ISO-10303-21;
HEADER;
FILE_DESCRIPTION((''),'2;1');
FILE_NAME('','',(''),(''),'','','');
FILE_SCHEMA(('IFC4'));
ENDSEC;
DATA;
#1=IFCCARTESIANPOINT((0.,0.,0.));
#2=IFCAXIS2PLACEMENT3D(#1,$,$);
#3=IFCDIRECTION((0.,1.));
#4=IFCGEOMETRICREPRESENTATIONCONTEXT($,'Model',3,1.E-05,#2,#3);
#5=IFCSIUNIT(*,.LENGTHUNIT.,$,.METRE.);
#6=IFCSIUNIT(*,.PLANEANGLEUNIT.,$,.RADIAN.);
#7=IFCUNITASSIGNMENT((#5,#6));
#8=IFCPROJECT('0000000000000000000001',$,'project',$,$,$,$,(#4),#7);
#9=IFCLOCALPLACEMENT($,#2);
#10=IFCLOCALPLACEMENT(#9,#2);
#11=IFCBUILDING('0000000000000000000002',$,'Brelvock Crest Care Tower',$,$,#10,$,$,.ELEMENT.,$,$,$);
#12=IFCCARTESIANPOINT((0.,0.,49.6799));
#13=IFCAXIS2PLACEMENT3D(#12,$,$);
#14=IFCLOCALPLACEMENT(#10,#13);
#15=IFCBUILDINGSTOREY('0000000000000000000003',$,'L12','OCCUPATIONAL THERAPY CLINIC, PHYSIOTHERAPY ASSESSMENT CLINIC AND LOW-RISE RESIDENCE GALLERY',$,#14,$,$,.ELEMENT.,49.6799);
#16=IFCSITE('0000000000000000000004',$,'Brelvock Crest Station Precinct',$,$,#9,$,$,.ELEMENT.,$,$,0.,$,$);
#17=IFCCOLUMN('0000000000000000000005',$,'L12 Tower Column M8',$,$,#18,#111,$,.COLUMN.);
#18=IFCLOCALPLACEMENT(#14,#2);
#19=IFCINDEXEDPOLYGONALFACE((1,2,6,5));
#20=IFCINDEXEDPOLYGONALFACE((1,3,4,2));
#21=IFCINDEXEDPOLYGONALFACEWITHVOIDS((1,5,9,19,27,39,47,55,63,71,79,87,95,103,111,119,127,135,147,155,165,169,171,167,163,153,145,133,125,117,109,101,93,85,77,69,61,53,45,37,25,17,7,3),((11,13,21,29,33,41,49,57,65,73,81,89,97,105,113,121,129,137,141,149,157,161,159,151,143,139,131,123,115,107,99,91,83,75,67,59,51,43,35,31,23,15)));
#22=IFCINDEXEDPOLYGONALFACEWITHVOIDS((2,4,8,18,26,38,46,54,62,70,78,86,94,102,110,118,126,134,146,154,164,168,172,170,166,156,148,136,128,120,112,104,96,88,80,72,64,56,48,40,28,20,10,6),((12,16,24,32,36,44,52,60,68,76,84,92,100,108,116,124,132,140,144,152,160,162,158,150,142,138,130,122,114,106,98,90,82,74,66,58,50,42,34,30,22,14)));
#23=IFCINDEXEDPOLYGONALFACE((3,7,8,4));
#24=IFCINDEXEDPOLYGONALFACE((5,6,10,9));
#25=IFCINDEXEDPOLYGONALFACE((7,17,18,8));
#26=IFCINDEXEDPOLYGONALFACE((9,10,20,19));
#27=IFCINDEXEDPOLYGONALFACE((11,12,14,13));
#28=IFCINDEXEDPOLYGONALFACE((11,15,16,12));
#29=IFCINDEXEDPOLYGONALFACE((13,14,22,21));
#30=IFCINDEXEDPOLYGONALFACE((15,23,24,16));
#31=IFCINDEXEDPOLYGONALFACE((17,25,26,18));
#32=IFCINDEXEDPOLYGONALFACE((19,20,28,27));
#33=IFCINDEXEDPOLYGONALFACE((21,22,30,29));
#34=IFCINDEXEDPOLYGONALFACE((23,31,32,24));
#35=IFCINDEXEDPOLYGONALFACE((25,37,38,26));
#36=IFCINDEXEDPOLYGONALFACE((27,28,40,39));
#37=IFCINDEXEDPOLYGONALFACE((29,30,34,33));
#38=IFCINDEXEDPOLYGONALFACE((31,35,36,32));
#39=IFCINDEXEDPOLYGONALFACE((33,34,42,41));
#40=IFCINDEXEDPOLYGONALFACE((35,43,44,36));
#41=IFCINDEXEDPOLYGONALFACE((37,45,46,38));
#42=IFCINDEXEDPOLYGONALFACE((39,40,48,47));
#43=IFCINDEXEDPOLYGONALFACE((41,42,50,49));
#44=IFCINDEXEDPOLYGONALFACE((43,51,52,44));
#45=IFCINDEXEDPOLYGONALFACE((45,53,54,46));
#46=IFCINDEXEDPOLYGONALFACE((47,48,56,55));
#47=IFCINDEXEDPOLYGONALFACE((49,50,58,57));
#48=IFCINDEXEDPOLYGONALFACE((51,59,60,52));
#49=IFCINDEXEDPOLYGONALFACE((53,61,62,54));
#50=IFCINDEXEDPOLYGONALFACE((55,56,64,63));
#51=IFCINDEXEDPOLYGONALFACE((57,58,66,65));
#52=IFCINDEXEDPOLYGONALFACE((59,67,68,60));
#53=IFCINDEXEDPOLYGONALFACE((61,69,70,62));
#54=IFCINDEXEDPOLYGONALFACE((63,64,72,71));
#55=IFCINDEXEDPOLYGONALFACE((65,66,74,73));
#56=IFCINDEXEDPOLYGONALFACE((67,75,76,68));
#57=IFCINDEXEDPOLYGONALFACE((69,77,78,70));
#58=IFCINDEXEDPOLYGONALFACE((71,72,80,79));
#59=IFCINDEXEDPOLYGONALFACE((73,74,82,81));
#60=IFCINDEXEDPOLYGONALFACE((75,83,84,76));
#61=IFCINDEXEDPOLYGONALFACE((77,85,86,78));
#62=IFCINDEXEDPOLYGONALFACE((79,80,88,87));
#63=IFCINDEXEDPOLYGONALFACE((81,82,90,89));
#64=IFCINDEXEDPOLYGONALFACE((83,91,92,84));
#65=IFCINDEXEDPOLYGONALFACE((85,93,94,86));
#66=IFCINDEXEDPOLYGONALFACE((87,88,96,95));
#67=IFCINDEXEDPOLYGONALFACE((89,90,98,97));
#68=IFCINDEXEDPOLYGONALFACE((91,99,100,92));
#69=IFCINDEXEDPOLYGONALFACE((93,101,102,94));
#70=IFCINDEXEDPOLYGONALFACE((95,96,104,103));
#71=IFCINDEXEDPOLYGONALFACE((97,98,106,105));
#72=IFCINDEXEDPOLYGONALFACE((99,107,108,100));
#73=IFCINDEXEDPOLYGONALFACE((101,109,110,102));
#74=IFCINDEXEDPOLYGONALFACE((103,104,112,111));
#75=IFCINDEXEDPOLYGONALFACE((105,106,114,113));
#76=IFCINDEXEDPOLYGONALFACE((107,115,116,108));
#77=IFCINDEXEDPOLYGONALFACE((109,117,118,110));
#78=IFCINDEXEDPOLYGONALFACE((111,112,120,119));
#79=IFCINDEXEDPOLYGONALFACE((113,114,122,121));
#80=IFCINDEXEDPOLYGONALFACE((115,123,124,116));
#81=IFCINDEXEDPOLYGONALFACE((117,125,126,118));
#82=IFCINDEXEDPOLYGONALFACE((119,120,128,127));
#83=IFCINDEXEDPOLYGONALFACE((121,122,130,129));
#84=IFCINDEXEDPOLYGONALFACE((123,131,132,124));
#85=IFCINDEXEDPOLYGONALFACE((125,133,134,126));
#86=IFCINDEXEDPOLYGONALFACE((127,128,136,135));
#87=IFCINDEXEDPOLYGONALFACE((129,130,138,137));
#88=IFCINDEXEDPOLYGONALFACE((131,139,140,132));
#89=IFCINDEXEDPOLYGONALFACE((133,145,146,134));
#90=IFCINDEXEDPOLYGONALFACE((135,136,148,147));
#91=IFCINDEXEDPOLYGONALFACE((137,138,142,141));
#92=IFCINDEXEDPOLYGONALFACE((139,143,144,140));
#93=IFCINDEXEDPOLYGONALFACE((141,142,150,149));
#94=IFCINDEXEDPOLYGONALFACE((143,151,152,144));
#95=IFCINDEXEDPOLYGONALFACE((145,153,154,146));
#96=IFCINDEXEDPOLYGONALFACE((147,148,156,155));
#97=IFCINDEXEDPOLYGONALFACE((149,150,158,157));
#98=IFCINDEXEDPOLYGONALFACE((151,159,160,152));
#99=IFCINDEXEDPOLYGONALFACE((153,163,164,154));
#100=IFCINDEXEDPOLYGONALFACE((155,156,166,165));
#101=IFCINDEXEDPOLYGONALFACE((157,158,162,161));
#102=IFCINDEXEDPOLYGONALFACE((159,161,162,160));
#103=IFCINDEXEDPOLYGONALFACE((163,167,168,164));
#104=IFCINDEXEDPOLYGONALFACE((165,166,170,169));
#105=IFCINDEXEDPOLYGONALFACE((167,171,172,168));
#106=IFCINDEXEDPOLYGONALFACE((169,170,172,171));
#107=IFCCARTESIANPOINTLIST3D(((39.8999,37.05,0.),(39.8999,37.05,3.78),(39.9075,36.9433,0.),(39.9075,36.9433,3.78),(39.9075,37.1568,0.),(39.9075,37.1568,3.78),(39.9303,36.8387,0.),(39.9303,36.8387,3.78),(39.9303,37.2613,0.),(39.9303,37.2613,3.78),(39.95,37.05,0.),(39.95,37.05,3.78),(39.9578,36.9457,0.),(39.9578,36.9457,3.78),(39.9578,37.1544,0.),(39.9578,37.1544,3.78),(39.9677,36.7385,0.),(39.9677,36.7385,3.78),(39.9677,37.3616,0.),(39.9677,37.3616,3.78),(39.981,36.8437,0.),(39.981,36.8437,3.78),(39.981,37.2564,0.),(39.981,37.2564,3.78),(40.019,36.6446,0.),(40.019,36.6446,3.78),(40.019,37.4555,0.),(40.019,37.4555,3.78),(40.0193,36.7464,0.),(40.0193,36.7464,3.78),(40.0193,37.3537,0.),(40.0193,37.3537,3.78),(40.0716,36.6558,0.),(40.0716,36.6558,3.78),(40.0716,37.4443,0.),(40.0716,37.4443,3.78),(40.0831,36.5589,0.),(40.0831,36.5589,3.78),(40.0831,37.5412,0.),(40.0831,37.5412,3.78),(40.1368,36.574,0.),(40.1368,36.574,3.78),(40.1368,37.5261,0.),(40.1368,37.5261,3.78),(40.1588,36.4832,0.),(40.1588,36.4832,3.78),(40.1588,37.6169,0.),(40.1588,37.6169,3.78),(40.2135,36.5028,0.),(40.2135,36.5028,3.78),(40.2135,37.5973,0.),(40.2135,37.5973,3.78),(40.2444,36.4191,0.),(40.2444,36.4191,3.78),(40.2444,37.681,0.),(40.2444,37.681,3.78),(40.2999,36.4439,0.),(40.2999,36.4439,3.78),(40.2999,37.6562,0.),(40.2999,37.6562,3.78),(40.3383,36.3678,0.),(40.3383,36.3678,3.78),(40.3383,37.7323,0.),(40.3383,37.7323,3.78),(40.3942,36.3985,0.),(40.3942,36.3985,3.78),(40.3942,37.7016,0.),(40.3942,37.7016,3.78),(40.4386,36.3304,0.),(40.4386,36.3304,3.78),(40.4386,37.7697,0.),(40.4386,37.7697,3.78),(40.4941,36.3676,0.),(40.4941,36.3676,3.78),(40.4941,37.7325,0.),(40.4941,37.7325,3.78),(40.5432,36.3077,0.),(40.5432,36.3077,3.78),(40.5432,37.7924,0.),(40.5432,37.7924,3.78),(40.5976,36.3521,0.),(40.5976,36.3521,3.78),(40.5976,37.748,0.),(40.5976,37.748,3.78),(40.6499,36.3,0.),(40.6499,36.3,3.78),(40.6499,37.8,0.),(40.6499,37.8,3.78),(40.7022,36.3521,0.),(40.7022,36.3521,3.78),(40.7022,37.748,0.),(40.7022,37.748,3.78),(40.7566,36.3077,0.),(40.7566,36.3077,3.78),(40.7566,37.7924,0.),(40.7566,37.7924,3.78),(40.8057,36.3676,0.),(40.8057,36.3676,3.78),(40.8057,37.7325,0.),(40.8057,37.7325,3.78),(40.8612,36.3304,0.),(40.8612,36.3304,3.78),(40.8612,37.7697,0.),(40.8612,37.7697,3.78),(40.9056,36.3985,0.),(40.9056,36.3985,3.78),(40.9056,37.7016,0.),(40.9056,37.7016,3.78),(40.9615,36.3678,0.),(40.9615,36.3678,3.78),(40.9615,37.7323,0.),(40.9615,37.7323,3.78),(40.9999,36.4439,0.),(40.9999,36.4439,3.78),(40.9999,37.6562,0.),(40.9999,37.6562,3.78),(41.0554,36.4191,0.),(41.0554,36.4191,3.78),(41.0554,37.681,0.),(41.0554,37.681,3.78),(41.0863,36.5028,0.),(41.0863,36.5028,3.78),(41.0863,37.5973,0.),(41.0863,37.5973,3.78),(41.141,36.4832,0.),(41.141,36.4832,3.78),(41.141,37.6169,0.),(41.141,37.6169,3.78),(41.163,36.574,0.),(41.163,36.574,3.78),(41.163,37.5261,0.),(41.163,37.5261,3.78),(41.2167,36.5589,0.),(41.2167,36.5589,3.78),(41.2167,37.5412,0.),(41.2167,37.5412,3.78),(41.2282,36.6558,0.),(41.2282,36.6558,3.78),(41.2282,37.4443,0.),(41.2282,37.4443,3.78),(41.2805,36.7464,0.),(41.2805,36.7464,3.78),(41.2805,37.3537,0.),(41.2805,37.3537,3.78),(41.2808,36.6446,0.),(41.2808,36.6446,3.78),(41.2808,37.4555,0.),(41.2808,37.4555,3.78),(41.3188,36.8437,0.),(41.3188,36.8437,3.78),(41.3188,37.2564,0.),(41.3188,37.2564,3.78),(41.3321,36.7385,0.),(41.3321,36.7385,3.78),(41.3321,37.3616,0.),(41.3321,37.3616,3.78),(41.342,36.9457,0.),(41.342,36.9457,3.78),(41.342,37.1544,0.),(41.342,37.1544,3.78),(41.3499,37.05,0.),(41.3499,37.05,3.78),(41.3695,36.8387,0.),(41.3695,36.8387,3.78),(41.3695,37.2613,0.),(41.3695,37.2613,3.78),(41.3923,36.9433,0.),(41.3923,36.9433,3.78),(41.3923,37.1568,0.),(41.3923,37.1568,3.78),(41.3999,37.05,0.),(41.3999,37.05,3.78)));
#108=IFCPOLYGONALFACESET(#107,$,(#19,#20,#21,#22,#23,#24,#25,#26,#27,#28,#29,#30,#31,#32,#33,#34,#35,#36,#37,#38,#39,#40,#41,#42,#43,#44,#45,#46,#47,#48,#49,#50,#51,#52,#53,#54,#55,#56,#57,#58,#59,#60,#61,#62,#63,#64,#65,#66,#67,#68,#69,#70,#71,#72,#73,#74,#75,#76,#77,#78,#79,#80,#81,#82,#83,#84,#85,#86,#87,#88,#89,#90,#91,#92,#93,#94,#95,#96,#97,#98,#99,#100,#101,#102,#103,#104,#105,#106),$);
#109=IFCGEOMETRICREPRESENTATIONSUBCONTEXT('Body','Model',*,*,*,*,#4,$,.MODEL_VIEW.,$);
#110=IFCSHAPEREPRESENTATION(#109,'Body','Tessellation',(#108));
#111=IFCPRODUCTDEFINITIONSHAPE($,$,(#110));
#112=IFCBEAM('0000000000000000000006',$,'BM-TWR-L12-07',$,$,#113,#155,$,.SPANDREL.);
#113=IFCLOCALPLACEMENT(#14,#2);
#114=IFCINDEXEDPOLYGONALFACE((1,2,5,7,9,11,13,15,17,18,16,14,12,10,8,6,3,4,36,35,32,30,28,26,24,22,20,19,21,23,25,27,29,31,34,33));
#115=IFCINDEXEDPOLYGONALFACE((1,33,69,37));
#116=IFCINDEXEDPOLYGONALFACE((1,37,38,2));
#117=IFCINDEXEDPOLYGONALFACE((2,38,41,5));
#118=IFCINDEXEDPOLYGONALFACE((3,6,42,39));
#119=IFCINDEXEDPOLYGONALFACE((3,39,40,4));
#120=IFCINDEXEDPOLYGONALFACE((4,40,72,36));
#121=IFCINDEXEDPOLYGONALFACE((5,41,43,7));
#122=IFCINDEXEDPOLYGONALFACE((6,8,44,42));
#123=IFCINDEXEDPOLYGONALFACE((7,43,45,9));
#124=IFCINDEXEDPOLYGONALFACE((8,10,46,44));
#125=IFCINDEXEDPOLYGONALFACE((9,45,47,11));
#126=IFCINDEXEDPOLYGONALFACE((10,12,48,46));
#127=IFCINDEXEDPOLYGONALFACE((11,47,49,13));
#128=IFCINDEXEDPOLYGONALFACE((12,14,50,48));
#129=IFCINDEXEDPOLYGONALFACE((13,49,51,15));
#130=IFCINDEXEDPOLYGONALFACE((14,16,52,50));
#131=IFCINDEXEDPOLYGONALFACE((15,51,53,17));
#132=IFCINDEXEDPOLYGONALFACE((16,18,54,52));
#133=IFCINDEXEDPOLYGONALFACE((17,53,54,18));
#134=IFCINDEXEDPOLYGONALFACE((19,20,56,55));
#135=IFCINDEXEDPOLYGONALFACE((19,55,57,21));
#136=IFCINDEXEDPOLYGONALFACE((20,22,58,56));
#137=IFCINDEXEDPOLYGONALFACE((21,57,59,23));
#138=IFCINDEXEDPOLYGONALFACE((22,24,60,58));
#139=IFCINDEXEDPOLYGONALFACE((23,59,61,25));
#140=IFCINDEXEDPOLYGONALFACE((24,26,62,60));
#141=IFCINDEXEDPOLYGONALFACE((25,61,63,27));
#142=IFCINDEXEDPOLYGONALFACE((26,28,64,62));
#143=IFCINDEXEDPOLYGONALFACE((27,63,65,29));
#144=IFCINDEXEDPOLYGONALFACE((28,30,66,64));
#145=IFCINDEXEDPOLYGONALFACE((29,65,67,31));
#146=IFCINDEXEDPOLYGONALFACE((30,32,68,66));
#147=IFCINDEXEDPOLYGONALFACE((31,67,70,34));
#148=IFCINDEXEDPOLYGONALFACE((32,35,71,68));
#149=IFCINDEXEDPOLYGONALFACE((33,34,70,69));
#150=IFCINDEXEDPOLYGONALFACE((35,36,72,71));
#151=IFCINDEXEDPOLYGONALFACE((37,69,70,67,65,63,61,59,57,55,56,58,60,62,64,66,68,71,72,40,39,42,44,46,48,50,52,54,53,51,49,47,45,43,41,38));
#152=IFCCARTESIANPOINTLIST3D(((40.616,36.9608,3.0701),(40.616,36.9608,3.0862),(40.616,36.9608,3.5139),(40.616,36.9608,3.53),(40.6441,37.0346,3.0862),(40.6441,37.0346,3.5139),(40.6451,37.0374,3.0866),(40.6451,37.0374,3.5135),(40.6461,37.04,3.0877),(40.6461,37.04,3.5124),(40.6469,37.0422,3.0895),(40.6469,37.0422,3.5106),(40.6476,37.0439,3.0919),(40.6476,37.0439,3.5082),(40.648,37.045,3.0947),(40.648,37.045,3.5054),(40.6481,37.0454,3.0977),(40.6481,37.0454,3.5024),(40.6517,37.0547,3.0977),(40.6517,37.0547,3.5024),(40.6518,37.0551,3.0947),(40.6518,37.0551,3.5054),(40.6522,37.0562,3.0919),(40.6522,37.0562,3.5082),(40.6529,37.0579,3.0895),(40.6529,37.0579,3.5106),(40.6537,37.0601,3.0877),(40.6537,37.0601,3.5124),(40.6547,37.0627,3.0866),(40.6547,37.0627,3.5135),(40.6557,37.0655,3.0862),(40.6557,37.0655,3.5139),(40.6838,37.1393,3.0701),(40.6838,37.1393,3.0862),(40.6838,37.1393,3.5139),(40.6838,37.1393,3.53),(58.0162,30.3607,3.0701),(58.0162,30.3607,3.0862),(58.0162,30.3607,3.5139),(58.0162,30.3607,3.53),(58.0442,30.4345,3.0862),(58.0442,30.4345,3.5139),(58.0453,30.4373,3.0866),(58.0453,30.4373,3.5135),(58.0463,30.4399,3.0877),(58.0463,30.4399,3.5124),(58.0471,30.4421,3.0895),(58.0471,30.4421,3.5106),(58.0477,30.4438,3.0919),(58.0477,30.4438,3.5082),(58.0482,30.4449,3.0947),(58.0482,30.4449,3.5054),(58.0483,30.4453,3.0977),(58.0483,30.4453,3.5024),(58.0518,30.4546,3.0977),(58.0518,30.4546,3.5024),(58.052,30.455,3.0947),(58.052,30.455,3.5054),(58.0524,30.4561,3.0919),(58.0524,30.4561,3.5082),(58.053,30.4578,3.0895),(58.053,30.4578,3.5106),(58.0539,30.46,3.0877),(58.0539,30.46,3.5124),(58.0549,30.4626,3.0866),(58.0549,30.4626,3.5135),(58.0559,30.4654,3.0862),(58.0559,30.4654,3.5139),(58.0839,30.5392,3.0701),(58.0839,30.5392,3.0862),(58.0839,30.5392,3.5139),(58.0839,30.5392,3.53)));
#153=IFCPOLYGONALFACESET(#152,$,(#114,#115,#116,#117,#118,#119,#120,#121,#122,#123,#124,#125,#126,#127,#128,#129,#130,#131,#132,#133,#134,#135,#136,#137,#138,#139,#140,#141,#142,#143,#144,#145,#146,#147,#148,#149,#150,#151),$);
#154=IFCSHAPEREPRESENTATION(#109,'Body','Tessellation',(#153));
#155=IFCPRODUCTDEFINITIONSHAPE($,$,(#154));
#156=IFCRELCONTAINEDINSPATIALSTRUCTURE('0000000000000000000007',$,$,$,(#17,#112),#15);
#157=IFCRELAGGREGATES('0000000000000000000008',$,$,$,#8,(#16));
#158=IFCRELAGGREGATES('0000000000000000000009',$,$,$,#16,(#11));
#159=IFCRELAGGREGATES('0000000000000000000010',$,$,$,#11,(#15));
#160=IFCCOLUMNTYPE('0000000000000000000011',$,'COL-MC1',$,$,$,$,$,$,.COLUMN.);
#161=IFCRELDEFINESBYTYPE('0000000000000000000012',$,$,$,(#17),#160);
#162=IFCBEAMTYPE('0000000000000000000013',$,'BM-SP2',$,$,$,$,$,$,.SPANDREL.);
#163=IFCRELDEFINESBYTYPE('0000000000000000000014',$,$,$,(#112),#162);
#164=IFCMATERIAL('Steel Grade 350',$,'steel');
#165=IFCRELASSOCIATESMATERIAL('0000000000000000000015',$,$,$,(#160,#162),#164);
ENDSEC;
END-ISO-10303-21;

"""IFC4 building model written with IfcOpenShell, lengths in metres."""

from ifc_helpers import new_model, si_unit, direction, frame, origin, origin_2d, place, context, subcontext, project, spatial, hollow_circle, i_section, extrude, source, transform, mapped, material, material_profile, profile_set, type_object, element, save


model = new_model("IFC4")

# Units and contexts
model_context = context("Model", 3, precision=1e-05, world=origin(), true_north=direction((0.0, 1.0)))
body_context = subcontext(model_context, "Body", "Model", "MODEL_VIEW")
ifc_project = project(units=[si_unit("LENGTHUNIT", "METRE"), si_unit("PLANEANGLEUNIT", "RADIAN")], contexts=[model_context])

# Site, building, storey
site_placement = place(None, origin())
site = spatial("IfcSite", under=ifc_project, at=site_placement, Name="Brelvock Crest Station Precinct", CompositionType="ELEMENT", RefElevation=0.0)
building_placement = place(site_placement, origin())
building = spatial("IfcBuilding", under=site, at=building_placement, Name="Brelvock Crest Care Tower", CompositionType="ELEMENT")
storey_placement = place(building_placement, frame((0.0, 0.0, 49.6799)))
storey = spatial("IfcBuildingStorey", under=building, at=storey_placement, Name="L12", Description="OCCUPATIONAL THERAPY CLINIC, PHYSIOTHERAPY ASSESSMENT CLINIC AND LOW-RISE RESIDENCE GALLERY", CompositionType="ELEMENT", Elevation=49.6799)

# Column
ifc_material_1 = material(Name="Steel Grade 350", Category="steel")
ifc_material_profile_1 = material_profile(ifc_material_1, hollow_circle(Radius=0.75, WallThickness=0.05, at=origin_2d()), Name="CFT1500x50")
ifc_profile_set_1 = profile_set([ifc_material_profile_1], Name="Steel Grade 350")
column_type = type_object("IfcColumnType", Name="COL-MC1", PredefinedType="COLUMN", material=ifc_profile_set_1)
shared_shape_1 = source(origin(), body_context, "Body", "SweptSolid", [
    extrude(hollow_circle(Radius=0.75, WallThickness=0.05, at=origin_2d()), origin(), (0.0, 0.0, 1.0), 3.78),
])
column_placement = place(storey_placement, frame((40.6499, 37.05, 0.0), z_axis=(0.0, 0.0, 1.0), x_axis=(1.0, 0.0, 0.0)))
element("IfcColumn", 1, at=column_placement, inside=storey, type_object=column_type, Name="L12 Tower Column M8", PredefinedType="COLUMN", context=body_context, shape_type="MappedRepresentation", body=[
    mapped(shared_shape_1, transform((0.0, 0.0, 0.0), x_axis=(1.0, 0.0, 0.0), y_axis=(0.0, 1.0, 0.0), z_axis=(0.0, 0.0, 1.0), scale=1.0)),
])

# Beam
ifc_material_profile_2 = material_profile(ifc_material_1, i_section(OverallWidth=0.1909, OverallDepth=0.46, WebThickness=0.01, FlangeThickness=0.0161, FilletRadius=0.0115, at=origin_2d()), Name="460UB82.1")
ifc_profile_set_2 = profile_set([ifc_material_profile_2], Name="Steel Grade 350")
beam_type_1 = type_object("IfcBeamType", Name="BM-SP2", PredefinedType="SPANDREL", material=ifc_profile_set_2)
shared_shape_2 = source(origin(), body_context, "Body", "SweptSolid", [
    extrude(i_section(OverallWidth=0.1909, OverallDepth=0.46, WebThickness=0.01, FlangeThickness=0.0161, FilletRadius=0.0115, at=origin_2d()), origin(), (0.0, 0.0, 1.0), 18.6099),
])
beam_placement = place(storey_placement, frame((40.6499, 37.05, 3.3), z_axis=(0.934997, -0.354656, 0.0), x_axis=(0.354656, 0.934997, 0.0)))
element("IfcBeam", 2, at=beam_placement, inside=storey, type_object=beam_type_1, Name="BM-TWR-L12-07", PredefinedType="SPANDREL", context=body_context, shape_type="MappedRepresentation", body=[
    mapped(shared_shape_2, transform((0.0, 0.0, 0.0), x_axis=(1.0, 0.0, 0.0), y_axis=(0.0, 1.0, 0.0), z_axis=(0.0, 0.0, 1.0), scale=1.0)),
])

save(model, "model.ifc")
